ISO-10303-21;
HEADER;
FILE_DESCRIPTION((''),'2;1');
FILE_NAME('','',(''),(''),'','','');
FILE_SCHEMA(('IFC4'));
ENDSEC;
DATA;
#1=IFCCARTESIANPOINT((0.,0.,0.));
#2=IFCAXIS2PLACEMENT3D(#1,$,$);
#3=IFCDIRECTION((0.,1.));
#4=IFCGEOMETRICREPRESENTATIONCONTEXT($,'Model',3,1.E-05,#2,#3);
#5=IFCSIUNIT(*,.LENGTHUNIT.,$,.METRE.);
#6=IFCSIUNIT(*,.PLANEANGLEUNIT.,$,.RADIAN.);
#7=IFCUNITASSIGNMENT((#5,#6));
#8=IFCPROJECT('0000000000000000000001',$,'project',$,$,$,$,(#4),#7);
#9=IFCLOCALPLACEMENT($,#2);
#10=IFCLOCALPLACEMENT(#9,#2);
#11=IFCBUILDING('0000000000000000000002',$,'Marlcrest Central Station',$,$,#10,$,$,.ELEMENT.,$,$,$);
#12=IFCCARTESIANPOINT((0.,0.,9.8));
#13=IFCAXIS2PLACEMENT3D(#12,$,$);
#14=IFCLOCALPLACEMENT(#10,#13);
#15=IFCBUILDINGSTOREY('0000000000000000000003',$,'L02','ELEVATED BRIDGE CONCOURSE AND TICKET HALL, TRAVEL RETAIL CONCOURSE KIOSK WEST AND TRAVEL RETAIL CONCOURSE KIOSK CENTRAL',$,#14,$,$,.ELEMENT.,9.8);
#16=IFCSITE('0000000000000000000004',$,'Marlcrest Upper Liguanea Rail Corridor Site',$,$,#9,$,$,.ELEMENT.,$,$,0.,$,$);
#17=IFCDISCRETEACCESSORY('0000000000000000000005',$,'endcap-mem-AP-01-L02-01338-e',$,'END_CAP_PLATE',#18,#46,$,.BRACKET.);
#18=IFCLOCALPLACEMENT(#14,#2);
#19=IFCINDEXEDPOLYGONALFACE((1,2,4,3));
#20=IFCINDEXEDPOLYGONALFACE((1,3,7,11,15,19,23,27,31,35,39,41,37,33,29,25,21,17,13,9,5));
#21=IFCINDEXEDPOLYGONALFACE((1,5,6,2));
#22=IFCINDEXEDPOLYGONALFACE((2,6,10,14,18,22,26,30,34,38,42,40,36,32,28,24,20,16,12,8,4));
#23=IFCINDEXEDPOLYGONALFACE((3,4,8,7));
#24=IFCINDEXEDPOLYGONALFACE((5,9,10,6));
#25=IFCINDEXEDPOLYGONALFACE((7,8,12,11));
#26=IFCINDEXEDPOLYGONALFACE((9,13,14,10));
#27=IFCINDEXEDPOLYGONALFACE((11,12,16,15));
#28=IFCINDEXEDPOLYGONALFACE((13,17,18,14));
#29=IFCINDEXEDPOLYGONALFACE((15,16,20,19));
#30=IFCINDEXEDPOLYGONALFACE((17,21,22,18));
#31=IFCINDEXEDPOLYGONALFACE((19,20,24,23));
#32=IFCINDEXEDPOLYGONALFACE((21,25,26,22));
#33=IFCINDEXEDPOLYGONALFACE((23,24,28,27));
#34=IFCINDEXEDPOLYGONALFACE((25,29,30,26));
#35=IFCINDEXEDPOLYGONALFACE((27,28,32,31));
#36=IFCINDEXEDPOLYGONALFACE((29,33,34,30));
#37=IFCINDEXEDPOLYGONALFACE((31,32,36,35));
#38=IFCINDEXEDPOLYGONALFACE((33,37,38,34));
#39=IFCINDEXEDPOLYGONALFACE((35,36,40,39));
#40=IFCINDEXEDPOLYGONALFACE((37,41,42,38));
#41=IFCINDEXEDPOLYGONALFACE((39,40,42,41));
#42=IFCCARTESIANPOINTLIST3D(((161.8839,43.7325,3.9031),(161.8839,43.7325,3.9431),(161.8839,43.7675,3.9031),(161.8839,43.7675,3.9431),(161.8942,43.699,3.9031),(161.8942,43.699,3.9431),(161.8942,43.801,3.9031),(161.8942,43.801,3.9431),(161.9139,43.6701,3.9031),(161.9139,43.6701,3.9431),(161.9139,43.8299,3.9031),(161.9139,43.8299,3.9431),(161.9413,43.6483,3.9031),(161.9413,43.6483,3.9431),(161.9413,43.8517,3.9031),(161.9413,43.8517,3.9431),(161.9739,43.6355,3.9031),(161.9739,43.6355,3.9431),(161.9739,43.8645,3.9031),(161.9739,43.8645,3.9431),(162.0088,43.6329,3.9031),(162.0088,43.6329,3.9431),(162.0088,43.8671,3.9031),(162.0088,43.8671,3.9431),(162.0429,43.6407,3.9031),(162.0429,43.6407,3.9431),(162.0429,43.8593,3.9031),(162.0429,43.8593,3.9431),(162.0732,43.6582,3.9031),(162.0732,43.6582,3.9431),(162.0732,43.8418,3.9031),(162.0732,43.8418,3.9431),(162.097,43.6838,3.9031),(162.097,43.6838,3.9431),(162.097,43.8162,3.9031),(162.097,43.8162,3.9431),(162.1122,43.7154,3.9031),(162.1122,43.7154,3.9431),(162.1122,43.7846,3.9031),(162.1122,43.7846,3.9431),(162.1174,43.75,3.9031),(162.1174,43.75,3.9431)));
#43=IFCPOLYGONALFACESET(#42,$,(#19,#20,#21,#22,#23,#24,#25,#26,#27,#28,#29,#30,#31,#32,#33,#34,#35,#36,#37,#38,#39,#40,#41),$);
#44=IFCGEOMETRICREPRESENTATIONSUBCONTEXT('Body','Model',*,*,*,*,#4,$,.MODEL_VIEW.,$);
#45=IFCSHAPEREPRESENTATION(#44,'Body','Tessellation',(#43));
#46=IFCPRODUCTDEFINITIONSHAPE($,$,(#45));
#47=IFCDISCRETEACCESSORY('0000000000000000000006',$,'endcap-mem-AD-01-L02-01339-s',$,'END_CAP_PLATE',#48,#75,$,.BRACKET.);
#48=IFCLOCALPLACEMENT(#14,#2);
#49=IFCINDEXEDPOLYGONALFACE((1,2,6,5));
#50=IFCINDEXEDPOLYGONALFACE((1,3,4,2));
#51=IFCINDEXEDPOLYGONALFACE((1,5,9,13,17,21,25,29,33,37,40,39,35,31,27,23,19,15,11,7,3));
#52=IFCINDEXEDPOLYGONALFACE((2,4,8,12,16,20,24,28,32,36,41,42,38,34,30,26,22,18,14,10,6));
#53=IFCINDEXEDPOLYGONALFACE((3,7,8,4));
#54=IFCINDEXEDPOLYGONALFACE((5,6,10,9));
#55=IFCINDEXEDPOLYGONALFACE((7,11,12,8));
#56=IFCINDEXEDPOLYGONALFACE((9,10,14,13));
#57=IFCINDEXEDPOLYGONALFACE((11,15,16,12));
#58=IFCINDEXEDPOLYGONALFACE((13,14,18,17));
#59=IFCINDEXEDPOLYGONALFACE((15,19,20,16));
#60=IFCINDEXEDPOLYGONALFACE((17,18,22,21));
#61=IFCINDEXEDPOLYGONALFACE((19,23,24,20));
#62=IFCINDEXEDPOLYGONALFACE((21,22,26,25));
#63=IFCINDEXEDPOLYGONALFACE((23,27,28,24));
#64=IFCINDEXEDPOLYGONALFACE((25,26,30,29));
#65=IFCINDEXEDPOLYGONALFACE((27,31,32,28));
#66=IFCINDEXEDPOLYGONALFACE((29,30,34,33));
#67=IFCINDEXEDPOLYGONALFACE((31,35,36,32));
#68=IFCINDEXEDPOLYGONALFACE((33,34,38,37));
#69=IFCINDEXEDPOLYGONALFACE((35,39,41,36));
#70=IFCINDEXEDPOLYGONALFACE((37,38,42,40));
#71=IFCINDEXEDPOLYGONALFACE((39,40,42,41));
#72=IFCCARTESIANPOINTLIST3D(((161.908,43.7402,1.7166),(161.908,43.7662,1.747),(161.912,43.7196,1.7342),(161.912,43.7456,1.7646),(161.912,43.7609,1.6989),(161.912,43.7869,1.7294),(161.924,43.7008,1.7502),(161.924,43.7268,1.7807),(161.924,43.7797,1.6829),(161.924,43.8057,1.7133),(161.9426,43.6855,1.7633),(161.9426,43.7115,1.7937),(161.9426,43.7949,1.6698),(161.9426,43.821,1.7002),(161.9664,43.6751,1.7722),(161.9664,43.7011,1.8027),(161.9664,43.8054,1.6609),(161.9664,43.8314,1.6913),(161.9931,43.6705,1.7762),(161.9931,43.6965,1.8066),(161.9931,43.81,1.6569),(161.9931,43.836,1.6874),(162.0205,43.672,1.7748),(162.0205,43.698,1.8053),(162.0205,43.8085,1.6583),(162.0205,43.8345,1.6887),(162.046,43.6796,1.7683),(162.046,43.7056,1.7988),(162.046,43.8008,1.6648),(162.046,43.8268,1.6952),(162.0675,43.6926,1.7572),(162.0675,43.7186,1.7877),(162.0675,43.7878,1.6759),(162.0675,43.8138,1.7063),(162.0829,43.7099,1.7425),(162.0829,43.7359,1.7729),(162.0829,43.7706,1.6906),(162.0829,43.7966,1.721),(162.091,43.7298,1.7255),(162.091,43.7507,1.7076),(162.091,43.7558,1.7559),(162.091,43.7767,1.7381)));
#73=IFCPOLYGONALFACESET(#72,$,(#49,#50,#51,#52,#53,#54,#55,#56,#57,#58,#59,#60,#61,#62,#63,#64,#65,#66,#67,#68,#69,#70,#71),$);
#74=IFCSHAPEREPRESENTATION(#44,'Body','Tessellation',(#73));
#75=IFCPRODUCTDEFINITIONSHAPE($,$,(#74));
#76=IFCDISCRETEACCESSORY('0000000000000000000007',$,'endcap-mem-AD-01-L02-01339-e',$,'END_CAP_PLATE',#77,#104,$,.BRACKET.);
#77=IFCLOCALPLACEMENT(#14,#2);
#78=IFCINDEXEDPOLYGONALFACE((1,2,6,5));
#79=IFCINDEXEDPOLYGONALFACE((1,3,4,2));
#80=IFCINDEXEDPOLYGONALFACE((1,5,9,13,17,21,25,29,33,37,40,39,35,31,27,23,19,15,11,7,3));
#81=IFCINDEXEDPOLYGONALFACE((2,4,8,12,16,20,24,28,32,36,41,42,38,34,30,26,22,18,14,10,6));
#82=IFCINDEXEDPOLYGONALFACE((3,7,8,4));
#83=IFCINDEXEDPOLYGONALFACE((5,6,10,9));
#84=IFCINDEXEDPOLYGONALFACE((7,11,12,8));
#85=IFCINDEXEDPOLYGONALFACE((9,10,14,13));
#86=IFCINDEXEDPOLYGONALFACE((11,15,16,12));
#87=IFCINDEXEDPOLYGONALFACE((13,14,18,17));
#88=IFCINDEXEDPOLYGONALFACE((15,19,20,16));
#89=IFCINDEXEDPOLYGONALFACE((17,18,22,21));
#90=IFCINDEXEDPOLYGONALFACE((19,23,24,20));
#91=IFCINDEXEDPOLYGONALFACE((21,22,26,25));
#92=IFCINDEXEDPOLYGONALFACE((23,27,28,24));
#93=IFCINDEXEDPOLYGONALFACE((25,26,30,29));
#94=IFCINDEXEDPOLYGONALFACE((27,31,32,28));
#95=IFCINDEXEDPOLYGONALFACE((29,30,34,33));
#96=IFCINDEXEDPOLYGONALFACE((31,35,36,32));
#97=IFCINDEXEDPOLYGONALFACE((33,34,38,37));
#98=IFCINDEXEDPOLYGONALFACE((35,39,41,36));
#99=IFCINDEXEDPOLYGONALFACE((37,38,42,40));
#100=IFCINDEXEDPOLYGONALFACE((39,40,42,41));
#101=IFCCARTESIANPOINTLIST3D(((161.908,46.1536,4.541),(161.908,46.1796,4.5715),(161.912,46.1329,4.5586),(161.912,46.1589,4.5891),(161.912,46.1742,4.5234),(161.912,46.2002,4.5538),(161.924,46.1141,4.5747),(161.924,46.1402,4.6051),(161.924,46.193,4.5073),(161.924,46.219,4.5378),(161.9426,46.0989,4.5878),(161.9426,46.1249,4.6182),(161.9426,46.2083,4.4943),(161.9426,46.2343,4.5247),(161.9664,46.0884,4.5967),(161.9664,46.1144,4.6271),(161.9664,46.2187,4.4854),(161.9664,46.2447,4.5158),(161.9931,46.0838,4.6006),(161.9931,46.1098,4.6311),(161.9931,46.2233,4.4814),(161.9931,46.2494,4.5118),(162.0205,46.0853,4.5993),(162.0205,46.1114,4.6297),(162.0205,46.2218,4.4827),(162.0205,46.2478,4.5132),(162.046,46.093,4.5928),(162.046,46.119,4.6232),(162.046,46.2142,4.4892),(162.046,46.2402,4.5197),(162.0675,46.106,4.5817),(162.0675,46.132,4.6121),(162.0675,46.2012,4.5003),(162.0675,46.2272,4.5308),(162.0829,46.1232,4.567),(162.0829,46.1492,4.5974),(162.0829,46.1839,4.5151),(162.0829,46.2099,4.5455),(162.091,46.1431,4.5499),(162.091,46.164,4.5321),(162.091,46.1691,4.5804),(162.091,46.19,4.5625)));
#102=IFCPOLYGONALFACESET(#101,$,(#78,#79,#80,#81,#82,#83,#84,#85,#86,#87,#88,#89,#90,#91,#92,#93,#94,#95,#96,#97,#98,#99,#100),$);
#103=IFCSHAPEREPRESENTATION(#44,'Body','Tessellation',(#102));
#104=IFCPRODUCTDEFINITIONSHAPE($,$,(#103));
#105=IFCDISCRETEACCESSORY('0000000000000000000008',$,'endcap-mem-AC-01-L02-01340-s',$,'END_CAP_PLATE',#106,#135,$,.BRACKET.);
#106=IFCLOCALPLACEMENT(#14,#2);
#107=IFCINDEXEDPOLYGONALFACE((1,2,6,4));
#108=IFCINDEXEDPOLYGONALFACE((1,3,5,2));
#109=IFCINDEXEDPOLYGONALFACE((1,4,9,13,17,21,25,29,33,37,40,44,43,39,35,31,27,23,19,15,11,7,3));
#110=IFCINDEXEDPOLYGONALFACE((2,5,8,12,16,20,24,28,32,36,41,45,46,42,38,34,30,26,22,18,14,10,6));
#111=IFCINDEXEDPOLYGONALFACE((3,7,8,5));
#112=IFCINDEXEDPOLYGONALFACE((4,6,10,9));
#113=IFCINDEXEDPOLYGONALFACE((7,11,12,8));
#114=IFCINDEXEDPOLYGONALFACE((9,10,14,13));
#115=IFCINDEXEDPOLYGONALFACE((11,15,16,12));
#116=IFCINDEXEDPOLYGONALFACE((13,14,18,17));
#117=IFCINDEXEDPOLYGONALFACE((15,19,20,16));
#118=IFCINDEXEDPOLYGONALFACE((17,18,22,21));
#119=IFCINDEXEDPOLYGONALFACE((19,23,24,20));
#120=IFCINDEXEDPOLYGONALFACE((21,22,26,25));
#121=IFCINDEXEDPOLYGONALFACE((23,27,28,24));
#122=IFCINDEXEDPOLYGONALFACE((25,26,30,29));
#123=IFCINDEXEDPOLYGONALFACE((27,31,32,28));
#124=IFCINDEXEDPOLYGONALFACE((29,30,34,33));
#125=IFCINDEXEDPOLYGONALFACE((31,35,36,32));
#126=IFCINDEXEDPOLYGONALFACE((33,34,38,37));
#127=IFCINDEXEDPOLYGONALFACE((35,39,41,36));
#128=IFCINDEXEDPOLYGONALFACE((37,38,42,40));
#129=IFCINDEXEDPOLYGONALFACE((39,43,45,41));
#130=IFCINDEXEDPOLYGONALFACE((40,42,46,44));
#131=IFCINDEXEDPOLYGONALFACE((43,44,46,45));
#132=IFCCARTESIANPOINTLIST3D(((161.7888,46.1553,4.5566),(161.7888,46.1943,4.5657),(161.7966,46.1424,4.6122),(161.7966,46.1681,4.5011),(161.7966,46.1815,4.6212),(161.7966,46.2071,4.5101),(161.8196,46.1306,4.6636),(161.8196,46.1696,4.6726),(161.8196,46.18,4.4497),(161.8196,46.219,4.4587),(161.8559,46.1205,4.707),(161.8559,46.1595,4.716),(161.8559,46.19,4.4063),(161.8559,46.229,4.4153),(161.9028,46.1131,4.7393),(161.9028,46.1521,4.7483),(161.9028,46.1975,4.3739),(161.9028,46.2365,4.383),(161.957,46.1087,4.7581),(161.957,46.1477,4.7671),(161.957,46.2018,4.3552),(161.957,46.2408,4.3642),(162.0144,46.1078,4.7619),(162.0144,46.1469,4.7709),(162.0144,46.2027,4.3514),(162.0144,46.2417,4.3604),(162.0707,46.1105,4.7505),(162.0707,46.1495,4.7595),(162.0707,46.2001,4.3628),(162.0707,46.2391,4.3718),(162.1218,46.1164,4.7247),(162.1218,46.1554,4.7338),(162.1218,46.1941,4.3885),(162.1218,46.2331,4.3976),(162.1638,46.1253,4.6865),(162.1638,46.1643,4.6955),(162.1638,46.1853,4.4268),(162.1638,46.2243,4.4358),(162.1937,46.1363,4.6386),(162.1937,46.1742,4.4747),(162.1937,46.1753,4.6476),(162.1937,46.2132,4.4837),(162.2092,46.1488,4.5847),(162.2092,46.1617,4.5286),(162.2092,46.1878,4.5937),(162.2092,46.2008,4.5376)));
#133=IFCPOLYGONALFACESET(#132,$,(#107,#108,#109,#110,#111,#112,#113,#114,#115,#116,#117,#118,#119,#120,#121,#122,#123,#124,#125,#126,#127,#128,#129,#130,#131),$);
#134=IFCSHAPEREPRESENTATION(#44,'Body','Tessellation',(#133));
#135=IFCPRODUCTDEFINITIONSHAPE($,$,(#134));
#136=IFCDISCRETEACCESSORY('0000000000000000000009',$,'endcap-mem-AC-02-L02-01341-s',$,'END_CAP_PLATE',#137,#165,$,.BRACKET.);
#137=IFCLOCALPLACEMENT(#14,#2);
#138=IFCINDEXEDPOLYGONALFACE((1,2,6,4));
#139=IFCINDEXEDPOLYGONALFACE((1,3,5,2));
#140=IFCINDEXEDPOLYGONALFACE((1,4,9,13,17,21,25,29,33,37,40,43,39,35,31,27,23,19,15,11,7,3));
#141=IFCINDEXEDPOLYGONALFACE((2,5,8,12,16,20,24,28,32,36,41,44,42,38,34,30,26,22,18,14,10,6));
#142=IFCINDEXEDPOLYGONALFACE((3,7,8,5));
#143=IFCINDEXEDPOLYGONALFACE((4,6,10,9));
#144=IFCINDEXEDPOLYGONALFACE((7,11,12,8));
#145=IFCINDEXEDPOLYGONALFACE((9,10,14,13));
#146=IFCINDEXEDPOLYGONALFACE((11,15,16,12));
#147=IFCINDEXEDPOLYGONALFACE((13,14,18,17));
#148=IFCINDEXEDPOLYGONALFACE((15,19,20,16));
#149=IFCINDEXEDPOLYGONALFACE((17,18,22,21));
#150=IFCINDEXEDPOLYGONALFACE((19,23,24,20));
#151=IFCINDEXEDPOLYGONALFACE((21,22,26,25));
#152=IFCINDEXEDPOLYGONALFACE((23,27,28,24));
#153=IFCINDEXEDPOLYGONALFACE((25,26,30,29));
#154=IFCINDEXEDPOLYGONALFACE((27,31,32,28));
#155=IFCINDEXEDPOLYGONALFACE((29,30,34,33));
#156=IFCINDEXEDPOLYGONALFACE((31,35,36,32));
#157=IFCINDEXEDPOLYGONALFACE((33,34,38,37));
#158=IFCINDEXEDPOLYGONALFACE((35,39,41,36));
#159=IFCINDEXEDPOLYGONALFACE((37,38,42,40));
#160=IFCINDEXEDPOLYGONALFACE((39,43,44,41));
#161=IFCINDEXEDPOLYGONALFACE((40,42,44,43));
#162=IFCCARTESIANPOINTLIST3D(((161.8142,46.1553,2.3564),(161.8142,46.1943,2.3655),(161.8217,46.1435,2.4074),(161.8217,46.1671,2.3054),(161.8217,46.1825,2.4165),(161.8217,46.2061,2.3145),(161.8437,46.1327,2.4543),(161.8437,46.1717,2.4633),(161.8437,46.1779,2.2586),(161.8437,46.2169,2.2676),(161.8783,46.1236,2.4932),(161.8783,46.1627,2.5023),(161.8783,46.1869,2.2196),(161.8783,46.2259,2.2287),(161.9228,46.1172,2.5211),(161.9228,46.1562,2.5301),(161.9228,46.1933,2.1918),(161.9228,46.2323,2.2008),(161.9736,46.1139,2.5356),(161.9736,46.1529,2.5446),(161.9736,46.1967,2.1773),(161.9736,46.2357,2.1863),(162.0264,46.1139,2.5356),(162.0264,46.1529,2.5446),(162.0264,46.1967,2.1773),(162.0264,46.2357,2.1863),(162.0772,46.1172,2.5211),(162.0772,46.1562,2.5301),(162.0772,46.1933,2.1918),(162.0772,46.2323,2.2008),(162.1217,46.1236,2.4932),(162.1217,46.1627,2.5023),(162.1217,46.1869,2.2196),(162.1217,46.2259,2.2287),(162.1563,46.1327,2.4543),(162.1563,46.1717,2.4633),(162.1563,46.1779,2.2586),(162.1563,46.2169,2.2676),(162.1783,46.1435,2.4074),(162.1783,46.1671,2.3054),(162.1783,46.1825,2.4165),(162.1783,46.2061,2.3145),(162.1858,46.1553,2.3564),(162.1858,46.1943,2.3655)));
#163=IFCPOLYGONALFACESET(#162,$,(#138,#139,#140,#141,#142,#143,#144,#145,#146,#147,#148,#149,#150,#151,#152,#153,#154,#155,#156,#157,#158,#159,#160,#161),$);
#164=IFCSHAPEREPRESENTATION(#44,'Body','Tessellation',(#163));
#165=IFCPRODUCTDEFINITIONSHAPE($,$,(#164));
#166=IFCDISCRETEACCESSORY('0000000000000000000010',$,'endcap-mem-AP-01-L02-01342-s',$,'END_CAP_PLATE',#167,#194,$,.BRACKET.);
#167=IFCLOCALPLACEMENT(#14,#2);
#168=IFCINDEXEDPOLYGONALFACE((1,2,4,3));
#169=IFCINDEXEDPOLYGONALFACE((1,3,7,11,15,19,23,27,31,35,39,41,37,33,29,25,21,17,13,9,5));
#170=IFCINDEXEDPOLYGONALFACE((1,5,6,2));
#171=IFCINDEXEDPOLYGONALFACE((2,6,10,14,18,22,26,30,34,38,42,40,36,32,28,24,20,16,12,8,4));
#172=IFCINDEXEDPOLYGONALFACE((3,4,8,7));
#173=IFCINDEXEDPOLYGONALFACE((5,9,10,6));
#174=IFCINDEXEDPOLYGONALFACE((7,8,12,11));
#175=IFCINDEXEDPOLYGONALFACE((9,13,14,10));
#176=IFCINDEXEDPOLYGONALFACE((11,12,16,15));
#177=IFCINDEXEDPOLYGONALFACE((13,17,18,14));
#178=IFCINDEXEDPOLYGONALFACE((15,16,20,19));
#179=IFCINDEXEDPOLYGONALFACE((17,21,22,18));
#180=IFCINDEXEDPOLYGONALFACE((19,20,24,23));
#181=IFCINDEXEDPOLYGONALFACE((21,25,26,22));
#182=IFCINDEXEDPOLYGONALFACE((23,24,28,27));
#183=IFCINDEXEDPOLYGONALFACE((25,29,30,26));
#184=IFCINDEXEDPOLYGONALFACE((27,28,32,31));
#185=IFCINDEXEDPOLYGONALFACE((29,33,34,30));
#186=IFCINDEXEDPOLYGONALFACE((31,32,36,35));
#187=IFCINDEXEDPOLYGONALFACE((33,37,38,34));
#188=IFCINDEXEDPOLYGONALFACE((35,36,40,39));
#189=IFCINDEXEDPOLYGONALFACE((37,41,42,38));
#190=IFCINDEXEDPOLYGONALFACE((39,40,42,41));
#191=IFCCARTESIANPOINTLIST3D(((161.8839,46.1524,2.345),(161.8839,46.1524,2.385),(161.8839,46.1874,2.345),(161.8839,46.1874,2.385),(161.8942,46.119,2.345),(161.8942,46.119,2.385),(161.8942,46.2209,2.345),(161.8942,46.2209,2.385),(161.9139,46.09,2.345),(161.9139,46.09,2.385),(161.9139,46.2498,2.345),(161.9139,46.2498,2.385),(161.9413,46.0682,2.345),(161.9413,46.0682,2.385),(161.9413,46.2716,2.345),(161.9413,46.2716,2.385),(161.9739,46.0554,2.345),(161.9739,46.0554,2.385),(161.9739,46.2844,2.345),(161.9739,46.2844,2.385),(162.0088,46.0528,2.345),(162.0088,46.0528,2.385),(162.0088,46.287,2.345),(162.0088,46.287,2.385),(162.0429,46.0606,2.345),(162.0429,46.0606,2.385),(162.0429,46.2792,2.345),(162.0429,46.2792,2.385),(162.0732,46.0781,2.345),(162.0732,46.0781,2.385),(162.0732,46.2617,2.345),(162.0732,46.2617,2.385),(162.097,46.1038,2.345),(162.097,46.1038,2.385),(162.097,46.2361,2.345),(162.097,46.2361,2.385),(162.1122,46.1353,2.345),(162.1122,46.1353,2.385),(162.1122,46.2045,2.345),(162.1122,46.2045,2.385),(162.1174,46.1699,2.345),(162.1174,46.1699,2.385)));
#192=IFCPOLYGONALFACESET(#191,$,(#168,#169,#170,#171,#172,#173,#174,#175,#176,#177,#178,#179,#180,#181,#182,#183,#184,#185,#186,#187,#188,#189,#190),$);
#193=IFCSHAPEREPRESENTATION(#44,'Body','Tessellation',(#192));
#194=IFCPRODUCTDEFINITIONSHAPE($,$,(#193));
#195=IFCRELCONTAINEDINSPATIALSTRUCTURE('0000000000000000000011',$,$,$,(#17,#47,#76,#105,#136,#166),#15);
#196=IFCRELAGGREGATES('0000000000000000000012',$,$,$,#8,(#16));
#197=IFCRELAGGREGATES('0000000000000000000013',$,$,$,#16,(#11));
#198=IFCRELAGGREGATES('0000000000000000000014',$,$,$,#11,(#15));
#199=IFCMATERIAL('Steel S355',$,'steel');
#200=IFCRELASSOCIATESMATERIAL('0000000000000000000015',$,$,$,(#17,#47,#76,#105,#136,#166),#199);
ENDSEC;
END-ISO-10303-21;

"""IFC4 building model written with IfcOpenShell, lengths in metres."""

from ifc_helpers import new_model, si_unit, direction, frame, origin, origin_2d, place, context, subcontext, project, spatial, circle, extrude, material, element, save


model = new_model("IFC4")

# Units and contexts
model_context = context("Model", 3, precision=1e-05, world=origin(), true_north=direction((0.0, 1.0)))
body_context = subcontext(model_context, "Body", "Model", "MODEL_VIEW")
ifc_project = project(units=[si_unit("LENGTHUNIT", "METRE"), si_unit("PLANEANGLEUNIT", "RADIAN")], contexts=[model_context])

# Site, building, storey
site_placement = place(None, origin())
site = spatial("IfcSite", under=ifc_project, at=site_placement, Name="Marlcrest Upper Liguanea Rail Corridor Site", CompositionType="ELEMENT", RefElevation=0.0)
building_placement = place(site_placement, origin())
building = spatial("IfcBuilding", under=site, at=building_placement, Name="Marlcrest Central Station", CompositionType="ELEMENT")
storey_placement = place(building_placement, frame((0.0, 0.0, 9.8)))
storey = spatial("IfcBuildingStorey", under=building, at=storey_placement, Name="L02", Description="ELEVATED BRIDGE CONCOURSE AND TICKET HALL, TRAVEL RETAIL CONCOURSE KIOSK WEST AND TRAVEL RETAIL CONCOURSE KIOSK CENTRAL", CompositionType="ELEMENT", Elevation=9.8)

# Shared definitions
ifc_material_1 = material(Name="Steel S355", Category="steel")

# Discrete accessories
for number, where, z_axis, x_axis, name in (
    (1, (162.0, 43.75, 3.9031), (0.0, 0.0, 1.0), (1.0, 0.0, 0.0), "endcap-mem-AP-01-L02-01338-e"),
):
    element("IfcDiscreteAccessory", number, at=place(storey_placement, frame(where, z_axis=z_axis, x_axis=x_axis)), inside=storey, material=ifc_material_1, Name=name, ObjectType="END_CAP_PLATE", PredefinedType="BRACKET", context=body_context, shape_type="SweptSolid", body=[
        extrude(circle(Radius=0.1174, at=origin_2d()), origin(), (0.0, 0.0, 1.0), 0.04),
    ])
for number, where, z_axis, x_axis, name in (
    (2, (162.0, 43.7402, 1.7166), (0.0, 0.649625, 0.760255), (-1.0, 0.0, 0.0), "endcap-mem-AD-01-L02-01339-s"),
    (3, (162.0, 46.1536, 4.541), (0.0, 0.649625, 0.760255), (-1.0, 0.0, 0.0), "endcap-mem-AD-01-L02-01339-e"),
):
    element("IfcDiscreteAccessory", number, at=place(storey_placement, frame(where, z_axis=z_axis, x_axis=x_axis)), inside=storey, material=ifc_material_1, Name=name, ObjectType="END_CAP_PLATE", PredefinedType="BRACKET", context=body_context, shape_type="SweptSolid", body=[
        extrude(circle(Radius=0.092, at=origin_2d()), origin(), (0.0, 0.0, 1.0), 0.04),
    ])
discrete_accessory_1_placement = place(storey_placement, frame((162.0, 46.1553, 4.5566), z_axis=(0.0, 0.97433, 0.225126), x_axis=(-1.0, 0.0, 0.0)))
element("IfcDiscreteAccessory", 4, at=discrete_accessory_1_placement, inside=storey, material=ifc_material_1, Name="endcap-mem-AC-01-L02-01340-s", ObjectType="END_CAP_PLATE", PredefinedType="BRACKET", context=body_context, shape_type="SweptSolid", body=[
    extrude(circle(Radius=0.2112, at=origin_2d()), origin(), (0.0, 0.0, 1.0), 0.04),
])
discrete_accessory_2_placement = place(storey_placement, frame((162.0, 46.1553, 2.3564), z_axis=(0.0, 0.974308, 0.22522), x_axis=(-1.0, 0.0, 0.0)))
element("IfcDiscreteAccessory", 5, at=discrete_accessory_2_placement, inside=storey, material=ifc_material_1, Name="endcap-mem-AC-02-L02-01341-s", ObjectType="END_CAP_PLATE", PredefinedType="BRACKET", context=body_context, shape_type="SweptSolid", body=[
    extrude(circle(Radius=0.1858, at=origin_2d()), origin(), (0.0, 0.0, 1.0), 0.04),
])
for number, where, z_axis, x_axis, name in (
    (6, (162.0, 46.1699, 2.345), (0.0, 0.0, 1.0), (1.0, 0.0, 0.0), "endcap-mem-AP-01-L02-01342-s"),
):
    element("IfcDiscreteAccessory", number, at=place(storey_placement, frame(where, z_axis=z_axis, x_axis=x_axis)), inside=storey, material=ifc_material_1, Name=name, ObjectType="END_CAP_PLATE", PredefinedType="BRACKET", context=body_context, shape_type="SweptSolid", body=[
        extrude(circle(Radius=0.1174, at=origin_2d()), origin(), (0.0, 0.0, 1.0), 0.04),
    ])

save(model, "model.ifc")
